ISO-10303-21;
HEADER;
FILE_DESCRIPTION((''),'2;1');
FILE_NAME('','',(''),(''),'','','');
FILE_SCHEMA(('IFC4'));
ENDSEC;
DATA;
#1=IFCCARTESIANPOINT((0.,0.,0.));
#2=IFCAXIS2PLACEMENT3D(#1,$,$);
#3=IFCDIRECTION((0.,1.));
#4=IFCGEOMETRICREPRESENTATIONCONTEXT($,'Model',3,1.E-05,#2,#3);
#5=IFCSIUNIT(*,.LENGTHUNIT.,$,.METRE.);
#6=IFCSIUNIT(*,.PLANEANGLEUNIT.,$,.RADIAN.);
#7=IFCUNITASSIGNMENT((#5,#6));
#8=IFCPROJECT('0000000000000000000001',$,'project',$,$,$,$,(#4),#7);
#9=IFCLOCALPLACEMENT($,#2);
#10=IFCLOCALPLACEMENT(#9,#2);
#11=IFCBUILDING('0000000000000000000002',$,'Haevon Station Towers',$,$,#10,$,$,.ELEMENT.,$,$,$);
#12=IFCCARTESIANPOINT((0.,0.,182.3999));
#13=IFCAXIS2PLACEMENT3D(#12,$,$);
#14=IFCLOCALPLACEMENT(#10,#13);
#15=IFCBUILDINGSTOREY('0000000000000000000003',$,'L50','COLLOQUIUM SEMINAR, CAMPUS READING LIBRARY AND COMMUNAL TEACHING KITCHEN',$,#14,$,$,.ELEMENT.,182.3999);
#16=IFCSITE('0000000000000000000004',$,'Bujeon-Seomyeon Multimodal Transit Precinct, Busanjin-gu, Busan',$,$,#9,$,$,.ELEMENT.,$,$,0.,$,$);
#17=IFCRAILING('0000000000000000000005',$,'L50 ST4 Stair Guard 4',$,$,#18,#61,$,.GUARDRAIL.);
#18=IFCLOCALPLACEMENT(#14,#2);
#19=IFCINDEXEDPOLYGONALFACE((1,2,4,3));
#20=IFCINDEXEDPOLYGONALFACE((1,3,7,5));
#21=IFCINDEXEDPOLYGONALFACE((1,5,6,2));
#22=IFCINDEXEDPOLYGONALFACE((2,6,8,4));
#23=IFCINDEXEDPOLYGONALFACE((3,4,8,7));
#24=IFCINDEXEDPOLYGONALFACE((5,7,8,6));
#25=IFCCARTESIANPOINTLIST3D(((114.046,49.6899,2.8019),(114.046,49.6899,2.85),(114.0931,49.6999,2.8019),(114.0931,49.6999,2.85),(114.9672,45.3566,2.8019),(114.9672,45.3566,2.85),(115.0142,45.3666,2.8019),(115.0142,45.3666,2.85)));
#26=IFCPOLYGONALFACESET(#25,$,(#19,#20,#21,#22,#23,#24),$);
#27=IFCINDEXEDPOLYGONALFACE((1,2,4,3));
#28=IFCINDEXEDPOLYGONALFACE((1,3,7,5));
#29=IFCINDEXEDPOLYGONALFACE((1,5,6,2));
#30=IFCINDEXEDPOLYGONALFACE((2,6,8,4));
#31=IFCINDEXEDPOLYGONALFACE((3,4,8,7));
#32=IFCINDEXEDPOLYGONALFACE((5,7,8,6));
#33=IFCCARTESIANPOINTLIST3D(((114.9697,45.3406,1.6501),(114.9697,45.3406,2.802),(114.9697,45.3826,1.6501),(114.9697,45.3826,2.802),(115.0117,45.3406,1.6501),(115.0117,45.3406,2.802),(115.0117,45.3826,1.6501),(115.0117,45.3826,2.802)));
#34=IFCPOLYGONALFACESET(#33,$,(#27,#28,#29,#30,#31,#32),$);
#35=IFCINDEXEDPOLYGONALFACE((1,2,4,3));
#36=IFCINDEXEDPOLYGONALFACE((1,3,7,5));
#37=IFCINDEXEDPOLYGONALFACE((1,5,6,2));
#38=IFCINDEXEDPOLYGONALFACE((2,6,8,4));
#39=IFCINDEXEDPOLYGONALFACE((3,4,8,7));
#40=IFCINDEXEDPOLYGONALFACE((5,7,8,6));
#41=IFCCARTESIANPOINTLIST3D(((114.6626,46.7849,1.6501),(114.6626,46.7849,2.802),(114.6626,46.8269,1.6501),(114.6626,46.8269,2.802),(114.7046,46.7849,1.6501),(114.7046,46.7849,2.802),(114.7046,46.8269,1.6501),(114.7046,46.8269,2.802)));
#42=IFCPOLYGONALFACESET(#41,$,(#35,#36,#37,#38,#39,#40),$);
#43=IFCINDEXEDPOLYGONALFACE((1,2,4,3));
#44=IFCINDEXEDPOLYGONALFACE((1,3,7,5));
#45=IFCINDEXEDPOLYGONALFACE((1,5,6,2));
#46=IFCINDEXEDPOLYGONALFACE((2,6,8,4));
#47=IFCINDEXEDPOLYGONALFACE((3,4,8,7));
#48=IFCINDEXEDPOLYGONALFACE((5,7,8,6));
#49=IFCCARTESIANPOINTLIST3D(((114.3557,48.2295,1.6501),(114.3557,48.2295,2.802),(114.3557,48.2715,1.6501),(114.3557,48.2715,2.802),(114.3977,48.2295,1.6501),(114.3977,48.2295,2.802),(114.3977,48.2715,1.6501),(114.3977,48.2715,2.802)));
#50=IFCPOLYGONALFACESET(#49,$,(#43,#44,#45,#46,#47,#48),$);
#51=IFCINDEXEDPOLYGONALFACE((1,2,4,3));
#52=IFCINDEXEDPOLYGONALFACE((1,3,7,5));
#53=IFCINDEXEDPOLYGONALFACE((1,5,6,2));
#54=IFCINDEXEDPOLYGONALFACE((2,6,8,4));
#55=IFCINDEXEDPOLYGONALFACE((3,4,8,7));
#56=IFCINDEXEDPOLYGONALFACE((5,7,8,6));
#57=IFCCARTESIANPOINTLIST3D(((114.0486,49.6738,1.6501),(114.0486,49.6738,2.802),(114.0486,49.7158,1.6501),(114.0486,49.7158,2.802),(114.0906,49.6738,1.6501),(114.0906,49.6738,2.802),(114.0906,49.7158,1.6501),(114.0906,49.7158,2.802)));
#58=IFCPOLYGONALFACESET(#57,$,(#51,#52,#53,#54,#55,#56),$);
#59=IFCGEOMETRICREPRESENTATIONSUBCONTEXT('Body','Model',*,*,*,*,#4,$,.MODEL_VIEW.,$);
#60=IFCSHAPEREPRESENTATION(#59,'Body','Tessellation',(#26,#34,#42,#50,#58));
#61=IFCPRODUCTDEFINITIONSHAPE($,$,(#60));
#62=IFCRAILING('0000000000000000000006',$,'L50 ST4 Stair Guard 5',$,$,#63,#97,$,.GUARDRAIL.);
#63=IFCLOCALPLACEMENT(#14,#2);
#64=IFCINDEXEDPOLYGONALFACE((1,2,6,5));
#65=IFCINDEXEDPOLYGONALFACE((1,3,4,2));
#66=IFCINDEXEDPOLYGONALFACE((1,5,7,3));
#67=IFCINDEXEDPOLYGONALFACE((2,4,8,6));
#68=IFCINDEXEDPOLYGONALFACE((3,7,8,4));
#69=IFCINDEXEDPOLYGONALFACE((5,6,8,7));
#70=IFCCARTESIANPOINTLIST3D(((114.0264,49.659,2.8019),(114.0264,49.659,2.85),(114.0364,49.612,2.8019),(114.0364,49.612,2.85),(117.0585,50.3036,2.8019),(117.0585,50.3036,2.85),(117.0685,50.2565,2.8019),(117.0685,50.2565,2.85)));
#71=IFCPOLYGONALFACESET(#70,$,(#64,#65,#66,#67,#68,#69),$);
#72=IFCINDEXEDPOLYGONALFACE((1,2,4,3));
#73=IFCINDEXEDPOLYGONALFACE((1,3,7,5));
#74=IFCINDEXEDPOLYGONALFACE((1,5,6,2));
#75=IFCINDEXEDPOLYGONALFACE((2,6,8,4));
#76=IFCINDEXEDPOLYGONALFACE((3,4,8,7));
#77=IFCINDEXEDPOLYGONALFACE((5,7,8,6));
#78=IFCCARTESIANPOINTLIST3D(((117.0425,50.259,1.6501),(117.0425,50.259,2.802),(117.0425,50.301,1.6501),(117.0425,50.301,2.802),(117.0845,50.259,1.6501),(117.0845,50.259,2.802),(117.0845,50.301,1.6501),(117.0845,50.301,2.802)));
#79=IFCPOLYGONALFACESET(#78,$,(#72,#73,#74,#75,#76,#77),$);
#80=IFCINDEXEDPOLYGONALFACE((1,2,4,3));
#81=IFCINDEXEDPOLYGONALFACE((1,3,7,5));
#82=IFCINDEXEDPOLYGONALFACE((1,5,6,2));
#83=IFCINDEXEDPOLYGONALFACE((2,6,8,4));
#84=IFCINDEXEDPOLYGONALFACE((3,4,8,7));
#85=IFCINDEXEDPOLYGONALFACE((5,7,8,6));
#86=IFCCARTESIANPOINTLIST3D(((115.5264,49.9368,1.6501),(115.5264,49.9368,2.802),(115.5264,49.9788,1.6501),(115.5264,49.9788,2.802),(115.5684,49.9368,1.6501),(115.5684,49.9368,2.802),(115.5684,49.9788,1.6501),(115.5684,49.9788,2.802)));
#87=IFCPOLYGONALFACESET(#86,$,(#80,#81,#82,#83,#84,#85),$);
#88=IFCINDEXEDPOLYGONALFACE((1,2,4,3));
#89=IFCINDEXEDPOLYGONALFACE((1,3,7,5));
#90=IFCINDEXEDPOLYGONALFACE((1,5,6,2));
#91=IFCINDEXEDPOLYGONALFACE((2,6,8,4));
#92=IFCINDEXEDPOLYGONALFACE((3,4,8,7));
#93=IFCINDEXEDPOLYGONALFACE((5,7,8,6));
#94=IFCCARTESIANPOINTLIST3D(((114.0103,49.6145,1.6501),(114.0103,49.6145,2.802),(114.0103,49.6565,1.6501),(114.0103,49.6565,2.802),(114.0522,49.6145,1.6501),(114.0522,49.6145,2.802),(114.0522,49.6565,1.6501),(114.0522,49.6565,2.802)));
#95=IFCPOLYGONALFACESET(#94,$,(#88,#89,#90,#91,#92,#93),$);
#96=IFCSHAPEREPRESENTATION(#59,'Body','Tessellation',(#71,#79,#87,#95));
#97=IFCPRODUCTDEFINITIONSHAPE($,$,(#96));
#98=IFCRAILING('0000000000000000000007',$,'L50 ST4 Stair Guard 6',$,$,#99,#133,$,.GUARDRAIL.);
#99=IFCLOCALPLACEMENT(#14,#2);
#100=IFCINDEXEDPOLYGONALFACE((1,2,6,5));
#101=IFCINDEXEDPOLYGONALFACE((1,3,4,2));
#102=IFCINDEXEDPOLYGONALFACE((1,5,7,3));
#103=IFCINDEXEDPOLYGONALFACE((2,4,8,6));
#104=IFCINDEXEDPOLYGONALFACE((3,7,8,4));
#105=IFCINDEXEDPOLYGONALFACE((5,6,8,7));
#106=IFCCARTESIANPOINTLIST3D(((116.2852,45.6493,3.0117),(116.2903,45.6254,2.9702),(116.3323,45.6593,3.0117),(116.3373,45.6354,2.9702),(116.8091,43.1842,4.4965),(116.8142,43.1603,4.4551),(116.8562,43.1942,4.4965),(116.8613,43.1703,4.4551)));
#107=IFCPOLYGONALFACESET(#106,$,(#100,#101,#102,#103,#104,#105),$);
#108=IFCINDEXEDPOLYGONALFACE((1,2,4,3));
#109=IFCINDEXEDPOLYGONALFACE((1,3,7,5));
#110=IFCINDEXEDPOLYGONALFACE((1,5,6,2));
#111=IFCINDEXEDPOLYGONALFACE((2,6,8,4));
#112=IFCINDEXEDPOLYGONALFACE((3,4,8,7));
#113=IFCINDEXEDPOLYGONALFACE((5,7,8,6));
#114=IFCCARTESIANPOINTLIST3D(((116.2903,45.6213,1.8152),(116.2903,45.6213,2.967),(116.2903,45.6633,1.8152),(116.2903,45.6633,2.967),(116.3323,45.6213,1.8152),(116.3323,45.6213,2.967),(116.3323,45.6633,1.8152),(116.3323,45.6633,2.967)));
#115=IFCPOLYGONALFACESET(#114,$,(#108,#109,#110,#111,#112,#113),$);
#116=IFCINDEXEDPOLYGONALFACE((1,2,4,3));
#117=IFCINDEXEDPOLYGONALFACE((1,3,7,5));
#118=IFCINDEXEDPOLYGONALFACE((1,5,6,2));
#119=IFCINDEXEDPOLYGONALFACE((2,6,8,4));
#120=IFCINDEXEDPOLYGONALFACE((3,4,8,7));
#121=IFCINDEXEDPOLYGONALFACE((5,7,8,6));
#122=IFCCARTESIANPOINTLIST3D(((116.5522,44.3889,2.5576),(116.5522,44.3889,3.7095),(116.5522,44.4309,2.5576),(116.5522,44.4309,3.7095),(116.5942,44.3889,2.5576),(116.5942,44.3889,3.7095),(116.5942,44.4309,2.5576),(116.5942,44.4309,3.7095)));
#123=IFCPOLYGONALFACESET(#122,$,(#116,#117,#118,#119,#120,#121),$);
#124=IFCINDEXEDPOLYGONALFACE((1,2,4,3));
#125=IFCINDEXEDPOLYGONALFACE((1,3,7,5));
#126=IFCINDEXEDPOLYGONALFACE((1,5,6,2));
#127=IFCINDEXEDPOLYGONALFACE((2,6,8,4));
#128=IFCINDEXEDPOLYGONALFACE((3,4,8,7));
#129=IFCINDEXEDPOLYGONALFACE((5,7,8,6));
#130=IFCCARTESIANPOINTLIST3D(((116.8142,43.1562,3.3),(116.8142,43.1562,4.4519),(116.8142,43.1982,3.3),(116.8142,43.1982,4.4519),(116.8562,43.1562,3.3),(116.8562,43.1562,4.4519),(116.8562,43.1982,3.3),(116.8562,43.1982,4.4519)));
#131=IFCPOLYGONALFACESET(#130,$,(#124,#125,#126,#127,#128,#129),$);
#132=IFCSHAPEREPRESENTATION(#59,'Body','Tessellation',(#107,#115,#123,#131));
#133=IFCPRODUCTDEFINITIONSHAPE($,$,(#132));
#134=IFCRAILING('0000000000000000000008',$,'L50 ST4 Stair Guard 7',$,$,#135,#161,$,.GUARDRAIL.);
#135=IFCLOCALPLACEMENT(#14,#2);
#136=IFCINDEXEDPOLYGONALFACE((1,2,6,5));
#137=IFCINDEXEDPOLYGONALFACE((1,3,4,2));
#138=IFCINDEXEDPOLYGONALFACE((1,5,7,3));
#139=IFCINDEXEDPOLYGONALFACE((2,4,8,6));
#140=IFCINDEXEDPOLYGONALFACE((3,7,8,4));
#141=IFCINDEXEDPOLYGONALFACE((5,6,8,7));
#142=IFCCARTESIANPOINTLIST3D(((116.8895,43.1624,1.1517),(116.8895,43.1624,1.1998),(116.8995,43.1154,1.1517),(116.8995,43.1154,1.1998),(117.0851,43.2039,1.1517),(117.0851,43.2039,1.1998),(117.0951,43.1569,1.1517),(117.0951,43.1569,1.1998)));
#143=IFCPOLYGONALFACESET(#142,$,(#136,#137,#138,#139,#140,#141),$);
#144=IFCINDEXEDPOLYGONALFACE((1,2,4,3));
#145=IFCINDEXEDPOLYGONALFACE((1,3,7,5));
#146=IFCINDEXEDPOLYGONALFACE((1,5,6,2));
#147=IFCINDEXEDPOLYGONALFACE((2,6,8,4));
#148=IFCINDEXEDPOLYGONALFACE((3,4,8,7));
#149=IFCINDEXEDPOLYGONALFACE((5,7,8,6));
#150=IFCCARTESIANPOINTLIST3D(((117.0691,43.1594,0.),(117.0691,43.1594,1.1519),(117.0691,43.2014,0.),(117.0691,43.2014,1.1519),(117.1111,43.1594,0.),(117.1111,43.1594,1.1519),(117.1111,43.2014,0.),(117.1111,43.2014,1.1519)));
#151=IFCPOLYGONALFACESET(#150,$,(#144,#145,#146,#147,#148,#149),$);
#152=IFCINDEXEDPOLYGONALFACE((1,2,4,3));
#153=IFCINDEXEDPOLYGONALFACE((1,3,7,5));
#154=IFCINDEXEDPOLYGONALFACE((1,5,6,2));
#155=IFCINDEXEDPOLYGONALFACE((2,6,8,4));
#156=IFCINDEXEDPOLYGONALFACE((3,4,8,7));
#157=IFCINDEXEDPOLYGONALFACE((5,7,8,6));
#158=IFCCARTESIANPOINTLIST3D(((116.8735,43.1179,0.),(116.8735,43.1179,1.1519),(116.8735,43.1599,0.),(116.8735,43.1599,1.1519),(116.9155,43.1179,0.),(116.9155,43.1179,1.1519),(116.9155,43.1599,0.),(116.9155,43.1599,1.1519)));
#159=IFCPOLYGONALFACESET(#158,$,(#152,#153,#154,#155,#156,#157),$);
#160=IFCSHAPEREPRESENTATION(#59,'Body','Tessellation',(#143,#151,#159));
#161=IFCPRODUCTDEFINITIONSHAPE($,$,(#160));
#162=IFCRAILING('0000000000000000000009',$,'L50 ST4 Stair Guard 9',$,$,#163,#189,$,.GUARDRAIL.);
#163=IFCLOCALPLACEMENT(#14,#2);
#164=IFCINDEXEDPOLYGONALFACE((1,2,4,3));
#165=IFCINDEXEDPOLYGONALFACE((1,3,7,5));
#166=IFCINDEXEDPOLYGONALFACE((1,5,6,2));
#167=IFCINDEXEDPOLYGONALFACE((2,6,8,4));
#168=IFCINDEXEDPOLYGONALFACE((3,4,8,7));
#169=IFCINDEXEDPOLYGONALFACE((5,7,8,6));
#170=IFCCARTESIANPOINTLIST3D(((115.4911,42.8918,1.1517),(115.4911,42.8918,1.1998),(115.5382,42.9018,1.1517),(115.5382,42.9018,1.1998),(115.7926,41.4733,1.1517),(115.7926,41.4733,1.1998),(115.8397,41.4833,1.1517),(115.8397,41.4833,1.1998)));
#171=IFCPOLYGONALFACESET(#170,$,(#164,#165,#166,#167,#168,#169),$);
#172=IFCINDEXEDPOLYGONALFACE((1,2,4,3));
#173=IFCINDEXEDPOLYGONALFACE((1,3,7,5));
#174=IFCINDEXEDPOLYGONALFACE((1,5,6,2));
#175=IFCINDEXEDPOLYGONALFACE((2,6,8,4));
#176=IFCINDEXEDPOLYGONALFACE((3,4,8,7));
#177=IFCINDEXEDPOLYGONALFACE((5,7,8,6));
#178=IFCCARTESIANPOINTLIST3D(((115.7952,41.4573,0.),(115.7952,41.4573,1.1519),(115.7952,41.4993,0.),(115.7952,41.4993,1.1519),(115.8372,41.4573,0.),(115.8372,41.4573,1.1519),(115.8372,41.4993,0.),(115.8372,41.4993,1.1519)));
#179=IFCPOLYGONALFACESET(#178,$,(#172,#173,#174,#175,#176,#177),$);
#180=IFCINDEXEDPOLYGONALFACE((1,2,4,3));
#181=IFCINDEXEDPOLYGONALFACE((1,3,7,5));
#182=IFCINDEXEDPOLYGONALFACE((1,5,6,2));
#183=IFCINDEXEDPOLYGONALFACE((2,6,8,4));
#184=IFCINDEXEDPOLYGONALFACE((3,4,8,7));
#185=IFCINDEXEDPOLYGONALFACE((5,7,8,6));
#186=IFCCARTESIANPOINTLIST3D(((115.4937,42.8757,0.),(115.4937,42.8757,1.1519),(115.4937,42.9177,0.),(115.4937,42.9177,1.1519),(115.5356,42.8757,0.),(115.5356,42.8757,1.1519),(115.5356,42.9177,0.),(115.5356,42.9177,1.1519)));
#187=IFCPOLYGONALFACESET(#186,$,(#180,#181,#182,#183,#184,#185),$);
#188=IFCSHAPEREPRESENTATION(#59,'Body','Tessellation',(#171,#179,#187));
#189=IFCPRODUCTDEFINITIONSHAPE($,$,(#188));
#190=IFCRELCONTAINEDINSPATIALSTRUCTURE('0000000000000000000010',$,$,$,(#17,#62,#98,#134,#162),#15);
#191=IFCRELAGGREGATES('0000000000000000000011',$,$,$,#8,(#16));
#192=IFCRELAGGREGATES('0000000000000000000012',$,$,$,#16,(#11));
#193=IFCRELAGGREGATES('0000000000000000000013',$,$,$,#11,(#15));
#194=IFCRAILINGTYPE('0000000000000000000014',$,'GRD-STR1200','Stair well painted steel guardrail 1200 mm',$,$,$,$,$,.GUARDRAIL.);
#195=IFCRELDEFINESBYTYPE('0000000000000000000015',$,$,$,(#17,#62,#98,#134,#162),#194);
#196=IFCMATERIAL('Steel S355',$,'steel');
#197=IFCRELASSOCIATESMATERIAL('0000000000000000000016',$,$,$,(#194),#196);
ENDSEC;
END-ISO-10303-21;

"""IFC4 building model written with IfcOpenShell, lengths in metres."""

from ifc_helpers import new_model, si_unit, direction, frame, origin, origin_2d, place, context, subcontext, project, spatial, rectangle, extrude, material, type_object, element, save


model = new_model("IFC4")

# Units and contexts
model_context = context("Model", 3, precision=1e-05, world=origin(), true_north=direction((0.0, 1.0)))
body_context = subcontext(model_context, "Body", "Model", "MODEL_VIEW")
ifc_project = project(units=[si_unit("LENGTHUNIT", "METRE"), si_unit("PLANEANGLEUNIT", "RADIAN")], contexts=[model_context])

# Site, building, storey
site_placement = place(None, origin())
site = spatial("IfcSite", under=ifc_project, at=site_placement, Name="Bujeon-Seomyeon Multimodal Transit Precinct, Busanjin-gu, Busan", CompositionType="ELEMENT", RefElevation=0.0)
building_placement = place(site_placement, origin())
building = spatial("IfcBuilding", under=site, at=building_placement, Name="Haevon Station Towers", CompositionType="ELEMENT")
storey_placement = place(building_placement, frame((0.0, 0.0, 182.3999)))
storey = spatial("IfcBuildingStorey", under=building, at=storey_placement, Name="L50", Description="COLLOQUIUM SEMINAR, CAMPUS READING LIBRARY AND COMMUNAL TEACHING KITCHEN", CompositionType="ELEMENT", Elevation=182.3999)

# Shared definitions
ifc_material_1 = material(Name="Steel S355", Category="steel")

# Railings
railing_type_1 = type_object("IfcRailingType", Name="GRD-STR1200", Description="Stair well painted steel guardrail 1200 mm", PredefinedType="GUARDRAIL", material=ifc_material_1)
railing_1_placement = place(storey_placement, frame((114.9907, 45.3616, 1.6501)))
element("IfcRailing", 1, at=railing_1_placement, inside=storey, type_object=railing_type_1, Name="L50 ST4 Stair Guard 4", PredefinedType="GUARDRAIL", context=body_context, shape_type="SweptSolid", body=[
    extrude(rectangle(XDim=0.0481, YDim=0.0481, at=origin_2d()), frame((0.0, 0.0, 1.1758), z_axis=(-0.207929, 0.978144, 0.0), x_axis=(-0.978144, -0.207929, 0.0)), (0.0, 0.0, 1.0), 4.4302),
    extrude(rectangle(XDim=0.042, YDim=0.042, at=origin_2d()), origin(), (0.0, 0.0, 1.0), 1.1519),
    extrude(rectangle(XDim=0.042, YDim=0.042, at=origin_2d()), frame((-0.3071, 1.4443, 0.0)), (0.0, 0.0, 1.0), 1.1519),
    extrude(rectangle(XDim=0.042, YDim=0.042, at=origin_2d()), frame((-0.614, 2.8889, 0.0)), (0.0, 0.0, 1.0), 1.1519),
    extrude(rectangle(XDim=0.042, YDim=0.042, at=origin_2d()), frame((-0.9211, 4.3333, 0.0)), (0.0, 0.0, 1.0), 1.1519),
])
railing_2_placement = place(storey_placement, frame((117.0635, 50.28, 1.6501)))
element("IfcRailing", 2, at=railing_2_placement, inside=storey, type_object=railing_type_1, Name="L50 ST4 Stair Guard 5", PredefinedType="GUARDRAIL", context=body_context, shape_type="SweptSolid", body=[
    extrude(rectangle(XDim=0.0481, YDim=0.0481, at=origin_2d()), frame((0.0, 0.0, 1.1758), z_axis=(-0.978147, -0.207915, 0.0), x_axis=(0.207915, -0.978147, 0.0)), (0.0, 0.0, 1.0), 3.0999),
    extrude(rectangle(XDim=0.042, YDim=0.042, at=origin_2d()), origin(), (0.0, 0.0, 1.0), 1.1519),
    extrude(rectangle(XDim=0.042, YDim=0.042, at=origin_2d()), frame((-1.5161, -0.3223, 0.0)), (0.0, 0.0, 1.0), 1.1519),
    extrude(rectangle(XDim=0.042, YDim=0.042, at=origin_2d()), frame((-3.0322, -0.6445, 0.0)), (0.0, 0.0, 1.0), 1.1519),
])
railing_3_placement = place(storey_placement, frame((116.3113, 45.6423, 1.8152)))
element("IfcRailing", 3, at=railing_3_placement, inside=storey, type_object=railing_type_1, Name="L50 ST4 Stair Guard 6", PredefinedType="GUARDRAIL", context=body_context, shape_type="SweptSolid", body=[
    extrude(rectangle(XDim=0.0481, YDim=0.0481, at=origin_2d()), frame((0.0, 0.0, 1.1758), z_axis=(0.179116, -0.842748, 0.507635), x_axis=(0.978151, 0.207895, 0.0)), (0.0, 0.0, 1.0), 2.925),
    extrude(rectangle(XDim=0.042, YDim=0.042, at=origin_2d()), origin(), (0.0, 0.0, 1.0), 1.1519),
    extrude(rectangle(XDim=0.042, YDim=0.042, at=origin_2d()), frame((0.262, -1.2324, 0.7424)), (0.0, 0.0, 1.0), 1.1519),
    extrude(rectangle(XDim=0.042, YDim=0.042, at=origin_2d()), frame((0.5239, -2.4651, 1.4849)), (0.0, 0.0, 1.0), 1.1519),
])
railing_4_placement = place(storey_placement, frame((117.0901, 43.1804, 0.0)))
element("IfcRailing", 4, at=railing_4_placement, inside=storey, type_object=railing_type_1, Name="L50 ST4 Stair Guard 7", PredefinedType="GUARDRAIL", context=body_context, shape_type="SweptSolid", body=[
    extrude(rectangle(XDim=0.0481, YDim=0.0481, at=origin_2d()), frame((0.0, 0.0, 1.1758), z_axis=(-0.978212, -0.20761, 0.0), x_axis=(0.20761, -0.978212, 0.0)), (0.0, 0.0, 1.0), 0.2),
    extrude(rectangle(XDim=0.042, YDim=0.042, at=origin_2d()), origin(), (0.0, 0.0, 1.0), 1.1519),
    extrude(rectangle(XDim=0.042, YDim=0.042, at=origin_2d()), frame((-0.1956, -0.0415, 0.0)), (0.0, 0.0, 1.0), 1.1519),
])
railing_5_placement = place(storey_placement, frame((115.8162, 41.4783, 0.0)))
element("IfcRailing", 5, at=railing_5_placement, inside=storey, type_object=railing_type_1, Name="L50 ST4 Stair Guard 9", PredefinedType="GUARDRAIL", context=body_context, shape_type="SweptSolid", body=[
    extrude(rectangle(XDim=0.0481, YDim=0.0481, at=origin_2d()), frame((0.0, 0.0, 1.1758), z_axis=(-0.207919, 0.978146, 0.0), x_axis=(-0.978146, -0.207919, 0.0)), (0.0, 0.0, 1.0), 1.4502),
    extrude(rectangle(XDim=0.042, YDim=0.042, at=origin_2d()), origin(), (0.0, 0.0, 1.0), 1.1519),
    extrude(rectangle(XDim=0.042, YDim=0.042, at=origin_2d()), frame((-0.3015, 1.4185, 0.0)), (0.0, 0.0, 1.0), 1.1519),
])

save(model, "model.ifc")
